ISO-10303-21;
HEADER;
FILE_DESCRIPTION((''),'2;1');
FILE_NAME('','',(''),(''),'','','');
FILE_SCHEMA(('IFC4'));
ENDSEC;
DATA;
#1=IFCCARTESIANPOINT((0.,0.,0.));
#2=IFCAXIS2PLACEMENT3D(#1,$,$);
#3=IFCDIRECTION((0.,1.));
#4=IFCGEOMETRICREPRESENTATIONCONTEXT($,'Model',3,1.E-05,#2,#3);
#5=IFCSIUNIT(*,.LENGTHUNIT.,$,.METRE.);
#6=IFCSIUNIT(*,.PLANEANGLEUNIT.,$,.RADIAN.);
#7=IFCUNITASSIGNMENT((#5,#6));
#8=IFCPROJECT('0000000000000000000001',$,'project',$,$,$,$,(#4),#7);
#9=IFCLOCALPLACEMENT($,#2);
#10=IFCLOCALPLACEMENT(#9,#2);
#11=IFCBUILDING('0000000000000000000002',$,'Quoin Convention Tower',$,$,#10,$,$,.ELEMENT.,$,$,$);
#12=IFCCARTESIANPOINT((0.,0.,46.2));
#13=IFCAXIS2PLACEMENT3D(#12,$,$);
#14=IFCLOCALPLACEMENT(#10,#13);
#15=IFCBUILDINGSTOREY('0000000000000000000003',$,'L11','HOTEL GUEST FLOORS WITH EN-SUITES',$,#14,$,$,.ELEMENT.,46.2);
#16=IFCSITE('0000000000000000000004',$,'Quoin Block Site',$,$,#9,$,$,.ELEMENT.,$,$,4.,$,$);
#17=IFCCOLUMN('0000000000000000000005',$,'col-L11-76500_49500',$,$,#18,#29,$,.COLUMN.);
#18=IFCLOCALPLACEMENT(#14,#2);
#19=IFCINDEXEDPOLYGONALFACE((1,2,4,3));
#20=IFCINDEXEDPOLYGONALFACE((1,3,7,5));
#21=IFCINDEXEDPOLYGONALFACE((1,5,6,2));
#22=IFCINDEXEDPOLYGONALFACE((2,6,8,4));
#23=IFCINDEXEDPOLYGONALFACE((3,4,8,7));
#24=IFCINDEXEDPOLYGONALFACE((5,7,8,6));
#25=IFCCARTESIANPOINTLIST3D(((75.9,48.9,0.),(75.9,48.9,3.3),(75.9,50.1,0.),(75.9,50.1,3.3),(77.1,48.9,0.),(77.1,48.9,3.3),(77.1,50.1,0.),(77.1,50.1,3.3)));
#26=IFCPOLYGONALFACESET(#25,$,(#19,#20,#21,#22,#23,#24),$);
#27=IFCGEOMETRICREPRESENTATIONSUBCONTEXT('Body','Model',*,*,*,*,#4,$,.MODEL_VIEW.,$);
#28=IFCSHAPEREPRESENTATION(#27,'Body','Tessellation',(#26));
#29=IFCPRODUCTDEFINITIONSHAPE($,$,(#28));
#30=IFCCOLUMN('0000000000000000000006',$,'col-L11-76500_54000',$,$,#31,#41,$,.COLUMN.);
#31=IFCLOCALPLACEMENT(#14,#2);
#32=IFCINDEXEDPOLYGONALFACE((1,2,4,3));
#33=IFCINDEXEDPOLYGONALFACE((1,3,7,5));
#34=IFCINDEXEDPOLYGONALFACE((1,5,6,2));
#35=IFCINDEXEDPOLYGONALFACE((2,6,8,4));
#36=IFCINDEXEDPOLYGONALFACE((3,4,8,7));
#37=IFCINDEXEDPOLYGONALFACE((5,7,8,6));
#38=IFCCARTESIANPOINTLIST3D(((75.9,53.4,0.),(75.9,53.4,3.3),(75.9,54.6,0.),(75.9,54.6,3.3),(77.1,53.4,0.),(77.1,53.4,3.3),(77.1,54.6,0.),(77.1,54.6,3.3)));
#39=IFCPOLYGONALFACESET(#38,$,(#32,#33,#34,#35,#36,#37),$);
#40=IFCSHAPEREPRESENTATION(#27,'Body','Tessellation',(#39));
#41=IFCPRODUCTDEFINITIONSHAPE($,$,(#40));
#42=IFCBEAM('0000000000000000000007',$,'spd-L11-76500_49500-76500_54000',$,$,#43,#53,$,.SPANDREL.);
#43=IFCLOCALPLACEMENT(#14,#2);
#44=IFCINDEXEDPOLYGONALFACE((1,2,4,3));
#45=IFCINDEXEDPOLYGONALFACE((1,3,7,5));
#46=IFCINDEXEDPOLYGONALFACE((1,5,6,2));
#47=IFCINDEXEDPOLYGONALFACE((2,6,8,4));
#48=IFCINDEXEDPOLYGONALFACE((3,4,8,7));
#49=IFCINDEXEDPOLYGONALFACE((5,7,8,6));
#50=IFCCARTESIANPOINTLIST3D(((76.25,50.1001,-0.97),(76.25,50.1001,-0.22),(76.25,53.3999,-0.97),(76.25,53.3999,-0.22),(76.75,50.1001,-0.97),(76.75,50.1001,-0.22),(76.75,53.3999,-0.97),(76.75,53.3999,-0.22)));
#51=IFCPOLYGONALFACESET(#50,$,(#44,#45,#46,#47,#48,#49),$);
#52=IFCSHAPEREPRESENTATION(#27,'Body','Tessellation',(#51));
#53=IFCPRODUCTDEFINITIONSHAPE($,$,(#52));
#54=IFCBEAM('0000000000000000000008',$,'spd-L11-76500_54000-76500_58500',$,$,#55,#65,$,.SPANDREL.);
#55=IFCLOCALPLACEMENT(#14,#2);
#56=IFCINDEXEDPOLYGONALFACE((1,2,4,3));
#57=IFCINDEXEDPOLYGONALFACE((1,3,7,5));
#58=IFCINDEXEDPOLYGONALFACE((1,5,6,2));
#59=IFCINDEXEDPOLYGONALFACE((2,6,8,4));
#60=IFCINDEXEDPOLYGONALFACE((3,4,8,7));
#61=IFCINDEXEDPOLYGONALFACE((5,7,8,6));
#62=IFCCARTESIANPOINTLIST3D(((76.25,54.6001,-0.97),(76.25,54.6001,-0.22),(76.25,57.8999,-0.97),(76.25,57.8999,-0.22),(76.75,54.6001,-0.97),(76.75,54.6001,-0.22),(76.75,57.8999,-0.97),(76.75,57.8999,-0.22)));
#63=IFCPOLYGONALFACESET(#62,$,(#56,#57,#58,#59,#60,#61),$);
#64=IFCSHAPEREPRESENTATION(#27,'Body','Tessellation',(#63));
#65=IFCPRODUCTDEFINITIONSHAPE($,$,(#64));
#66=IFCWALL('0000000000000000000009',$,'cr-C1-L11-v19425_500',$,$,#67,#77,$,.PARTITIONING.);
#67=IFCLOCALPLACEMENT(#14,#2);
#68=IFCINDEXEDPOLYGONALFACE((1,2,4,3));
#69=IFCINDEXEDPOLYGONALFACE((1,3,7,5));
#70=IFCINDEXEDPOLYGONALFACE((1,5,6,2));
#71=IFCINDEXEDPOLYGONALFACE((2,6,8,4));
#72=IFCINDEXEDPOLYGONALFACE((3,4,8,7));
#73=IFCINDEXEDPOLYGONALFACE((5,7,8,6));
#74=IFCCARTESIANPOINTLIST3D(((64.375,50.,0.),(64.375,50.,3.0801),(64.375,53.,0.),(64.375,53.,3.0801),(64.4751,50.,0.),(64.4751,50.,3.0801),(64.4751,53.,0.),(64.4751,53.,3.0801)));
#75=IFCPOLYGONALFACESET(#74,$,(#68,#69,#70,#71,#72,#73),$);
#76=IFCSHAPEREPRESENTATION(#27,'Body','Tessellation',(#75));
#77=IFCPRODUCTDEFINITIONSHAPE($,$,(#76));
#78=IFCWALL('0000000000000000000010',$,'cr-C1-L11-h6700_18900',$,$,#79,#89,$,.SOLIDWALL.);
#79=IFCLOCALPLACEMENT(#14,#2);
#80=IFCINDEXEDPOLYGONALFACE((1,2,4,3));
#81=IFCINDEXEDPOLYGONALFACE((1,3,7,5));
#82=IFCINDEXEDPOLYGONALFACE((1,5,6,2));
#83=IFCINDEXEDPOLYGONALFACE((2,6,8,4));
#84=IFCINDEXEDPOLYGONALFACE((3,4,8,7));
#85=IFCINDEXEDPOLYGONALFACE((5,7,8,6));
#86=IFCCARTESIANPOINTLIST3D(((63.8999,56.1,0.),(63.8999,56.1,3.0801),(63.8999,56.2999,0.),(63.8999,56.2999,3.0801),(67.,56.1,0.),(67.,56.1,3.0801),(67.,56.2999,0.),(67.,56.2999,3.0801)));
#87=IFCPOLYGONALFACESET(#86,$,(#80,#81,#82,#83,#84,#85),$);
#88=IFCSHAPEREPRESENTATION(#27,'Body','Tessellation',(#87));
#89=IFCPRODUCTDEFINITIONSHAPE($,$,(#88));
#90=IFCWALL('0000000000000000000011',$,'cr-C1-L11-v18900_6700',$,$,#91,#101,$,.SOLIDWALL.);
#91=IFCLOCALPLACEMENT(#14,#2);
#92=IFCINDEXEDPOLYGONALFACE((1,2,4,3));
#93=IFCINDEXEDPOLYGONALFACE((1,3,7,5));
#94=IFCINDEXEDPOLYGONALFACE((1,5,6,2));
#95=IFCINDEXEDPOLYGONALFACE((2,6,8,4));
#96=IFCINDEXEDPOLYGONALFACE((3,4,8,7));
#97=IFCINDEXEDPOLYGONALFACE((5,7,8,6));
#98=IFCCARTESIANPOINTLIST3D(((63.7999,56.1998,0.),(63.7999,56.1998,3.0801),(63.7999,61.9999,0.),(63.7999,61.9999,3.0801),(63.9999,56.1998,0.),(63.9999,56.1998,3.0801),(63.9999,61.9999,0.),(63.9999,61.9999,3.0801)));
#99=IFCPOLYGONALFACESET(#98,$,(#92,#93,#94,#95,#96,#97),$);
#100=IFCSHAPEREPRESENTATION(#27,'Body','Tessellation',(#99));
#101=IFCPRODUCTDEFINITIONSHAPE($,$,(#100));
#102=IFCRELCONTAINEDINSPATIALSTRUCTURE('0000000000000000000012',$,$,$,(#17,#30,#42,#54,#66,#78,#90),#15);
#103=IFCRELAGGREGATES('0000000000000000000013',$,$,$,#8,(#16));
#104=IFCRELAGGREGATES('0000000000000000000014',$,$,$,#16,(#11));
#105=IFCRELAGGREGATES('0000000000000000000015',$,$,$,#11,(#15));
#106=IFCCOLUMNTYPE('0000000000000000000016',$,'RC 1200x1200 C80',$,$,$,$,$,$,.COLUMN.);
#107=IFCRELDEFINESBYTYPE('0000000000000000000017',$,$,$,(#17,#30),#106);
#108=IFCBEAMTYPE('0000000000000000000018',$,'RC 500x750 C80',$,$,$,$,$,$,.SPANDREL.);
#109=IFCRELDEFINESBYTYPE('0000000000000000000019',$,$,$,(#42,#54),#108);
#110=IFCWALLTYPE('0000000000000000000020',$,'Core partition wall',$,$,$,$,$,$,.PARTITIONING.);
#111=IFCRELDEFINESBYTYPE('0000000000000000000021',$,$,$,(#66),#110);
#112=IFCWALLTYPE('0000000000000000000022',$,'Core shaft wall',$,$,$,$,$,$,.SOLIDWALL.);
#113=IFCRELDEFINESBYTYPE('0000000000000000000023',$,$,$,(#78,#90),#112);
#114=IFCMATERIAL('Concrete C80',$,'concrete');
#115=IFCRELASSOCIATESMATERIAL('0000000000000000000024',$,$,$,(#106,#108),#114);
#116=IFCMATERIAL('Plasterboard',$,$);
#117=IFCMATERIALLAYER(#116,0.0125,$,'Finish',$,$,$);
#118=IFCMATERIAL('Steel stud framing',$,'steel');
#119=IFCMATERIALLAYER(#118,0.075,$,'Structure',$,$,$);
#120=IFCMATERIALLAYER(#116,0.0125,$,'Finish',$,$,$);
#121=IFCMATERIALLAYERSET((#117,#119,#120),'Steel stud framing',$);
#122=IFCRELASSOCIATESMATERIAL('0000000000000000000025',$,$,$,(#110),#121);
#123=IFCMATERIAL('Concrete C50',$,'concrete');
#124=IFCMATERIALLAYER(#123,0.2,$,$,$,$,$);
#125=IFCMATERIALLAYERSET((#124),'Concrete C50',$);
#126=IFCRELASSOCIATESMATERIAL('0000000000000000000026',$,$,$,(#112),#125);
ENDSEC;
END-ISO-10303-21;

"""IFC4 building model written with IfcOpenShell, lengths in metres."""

from ifc_helpers import new_model, si_unit, direction, frame, frame_2d, origin, origin_2d, place, context, subcontext, project, spatial, rectangle, extrude, material, layer, layer_set, material_profile, profile_set, type_object, element, save


model = new_model("IFC4")

# Units and contexts
model_context = context("Model", 3, precision=1e-05, world=origin(), true_north=direction((0.0, 1.0)))
body_context = subcontext(model_context, "Body", "Model", "MODEL_VIEW")
ifc_project = project(units=[si_unit("LENGTHUNIT", "METRE"), si_unit("PLANEANGLEUNIT", "RADIAN")], contexts=[model_context])

# Site, building, storey
site_placement = place(None, origin())
site = spatial("IfcSite", under=ifc_project, at=site_placement, Name="Quoin Block Site", CompositionType="ELEMENT", RefElevation=4.0)
building_placement = place(site_placement, origin())
building = spatial("IfcBuilding", under=site, at=building_placement, Name="Quoin Convention Tower", CompositionType="ELEMENT")
storey_placement = place(building_placement, frame((0.0, 0.0, 46.2)))
storey = spatial("IfcBuildingStorey", under=building, at=storey_placement, Name="L11", Description="HOTEL GUEST FLOORS WITH EN-SUITES", CompositionType="ELEMENT", Elevation=46.2)

# Columns
ifc_material_1 = material(Name="Concrete C80", Category="concrete")
ifc_material_profile_1 = material_profile(ifc_material_1, rectangle(XDim=1.2, YDim=1.2, at=origin_2d()), Name="RC 1200x1200")
ifc_profile_set_1 = profile_set([ifc_material_profile_1], Name="Concrete C80")
column_type = type_object("IfcColumnType", Name="RC 1200x1200 C80", PredefinedType="COLUMN", material=ifc_profile_set_1)
for number, where, z_axis, x_axis, name in (
    (1, (76.5, 49.5, 0.0), (0.0, 0.0, 1.0), (1.0, 0.0, 0.0), "col-L11-76500_49500"),
    (2, (76.5, 54.0, 0.0), (0.0, 0.0, 1.0), (1.0, 0.0, 0.0), "col-L11-76500_54000"),
):
    element("IfcColumn", number, at=place(storey_placement, frame(where, z_axis=z_axis, x_axis=x_axis)), inside=storey, type_object=column_type, Name=name, PredefinedType="COLUMN", context=body_context, shape_type="SweptSolid", body=[
        extrude(rectangle(XDim=1.2, YDim=1.2, at=origin_2d()), origin(), (0.0, 0.0, 1.0), 3.3),
    ])

# Beams
ifc_material_profile_2 = material_profile(ifc_material_1, rectangle(XDim=0.5, YDim=0.75, at=origin_2d()), Name="RC 500x750")
ifc_profile_set_2 = profile_set([ifc_material_profile_2], Name="Concrete C80")
beam_type = type_object("IfcBeamType", Name="RC 500x750 C80", PredefinedType="SPANDREL", material=ifc_profile_set_2)
for number, where, z_axis, x_axis, name in (
    (3, (76.5, 50.1001, -0.595), (0.0, 1.0, 0.0), (-1.0, 0.0, 0.0), "spd-L11-76500_49500-76500_54000"),
    (4, (76.5, 54.6001, -0.595), (0.0, 1.0, 0.0), (-1.0, 0.0, 0.0), "spd-L11-76500_54000-76500_58500"),
):
    element("IfcBeam", number, at=place(storey_placement, frame(where, z_axis=z_axis, x_axis=x_axis)), inside=storey, type_object=beam_type, Name=name, PredefinedType="SPANDREL", context=body_context, shape_type="SweptSolid", body=[
        extrude(rectangle(XDim=0.5, YDim=0.75, at=origin_2d()), origin(), (0.0, 0.0, 1.0), 3.2998),
    ])

# Walls
ifc_material_2 = material(Name="Plasterboard")
ifc_layer_1 = layer(ifc_material_2, 0.0125, Name="Finish")
ifc_material_3 = material(Name="Steel stud framing", Category="steel")
ifc_layer_2 = layer(ifc_material_3, 0.075, Name="Structure")
ifc_layer_3 = layer(ifc_material_2, 0.0125, Name="Finish")
ifc_layer_set_1 = layer_set([ifc_layer_1, ifc_layer_2, ifc_layer_3], Name="Steel stud framing")
wall_type_1 = type_object("IfcWallType", Name="Core partition wall", PredefinedType="PARTITIONING", material=ifc_layer_set_1)
wall_1_placement = place(storey_placement, frame((64.425, 50.0, 0.0), z_axis=(0.0, 0.0, 1.0), x_axis=(0.0, 1.0, 0.0)))
element("IfcWall", 5, at=wall_1_placement, inside=storey, type_object=wall_type_1, Name="cr-C1-L11-v19425_500", PredefinedType="PARTITIONING", context=body_context, shape_type="SweptSolid", body=[
    extrude(rectangle(XDim=3.0, YDim=0.1001, at=frame_2d((1.5, 0.0))), origin(), (0.0, 0.0, 1.0), 3.0801),
])
ifc_material_4 = material(Name="Concrete C50", Category="concrete")
ifc_layer_4 = layer(ifc_material_4, 0.2)
ifc_layer_set_2 = layer_set([ifc_layer_4], Name="Concrete C50")
wall_type_2 = type_object("IfcWallType", Name="Core shaft wall", PredefinedType="SOLIDWALL", material=ifc_layer_set_2)
wall_2_placement = place(storey_placement, frame((63.8999, 56.2, 0.0), z_axis=(0.0, 0.0, 1.0), x_axis=(1.0, 0.0, 0.0)))
element("IfcWall", 6, at=wall_2_placement, inside=storey, type_object=wall_type_2, Name="cr-C1-L11-h6700_18900", PredefinedType="SOLIDWALL", context=body_context, shape_type="SweptSolid", body=[
    extrude(rectangle(XDim=3.1001, YDim=0.2, at=frame_2d((1.55, 0.0))), origin(), (0.0, 0.0, 1.0), 3.0801),
])
wall_3_placement = place(storey_placement, frame((63.8999, 56.2, 0.0), z_axis=(0.0, 0.0, 1.0), x_axis=(0.0, 1.0, 0.0)))
element("IfcWall", 7, at=wall_3_placement, inside=storey, type_object=wall_type_2, Name="cr-C1-L11-v18900_6700", PredefinedType="SOLIDWALL", context=body_context, shape_type="SweptSolid", body=[
    extrude(rectangle(XDim=5.8, YDim=0.2, at=frame_2d((2.8999, 0.0))), origin(), (0.0, 0.0, 1.0), 3.0801),
])

save(model, "model.ifc")
